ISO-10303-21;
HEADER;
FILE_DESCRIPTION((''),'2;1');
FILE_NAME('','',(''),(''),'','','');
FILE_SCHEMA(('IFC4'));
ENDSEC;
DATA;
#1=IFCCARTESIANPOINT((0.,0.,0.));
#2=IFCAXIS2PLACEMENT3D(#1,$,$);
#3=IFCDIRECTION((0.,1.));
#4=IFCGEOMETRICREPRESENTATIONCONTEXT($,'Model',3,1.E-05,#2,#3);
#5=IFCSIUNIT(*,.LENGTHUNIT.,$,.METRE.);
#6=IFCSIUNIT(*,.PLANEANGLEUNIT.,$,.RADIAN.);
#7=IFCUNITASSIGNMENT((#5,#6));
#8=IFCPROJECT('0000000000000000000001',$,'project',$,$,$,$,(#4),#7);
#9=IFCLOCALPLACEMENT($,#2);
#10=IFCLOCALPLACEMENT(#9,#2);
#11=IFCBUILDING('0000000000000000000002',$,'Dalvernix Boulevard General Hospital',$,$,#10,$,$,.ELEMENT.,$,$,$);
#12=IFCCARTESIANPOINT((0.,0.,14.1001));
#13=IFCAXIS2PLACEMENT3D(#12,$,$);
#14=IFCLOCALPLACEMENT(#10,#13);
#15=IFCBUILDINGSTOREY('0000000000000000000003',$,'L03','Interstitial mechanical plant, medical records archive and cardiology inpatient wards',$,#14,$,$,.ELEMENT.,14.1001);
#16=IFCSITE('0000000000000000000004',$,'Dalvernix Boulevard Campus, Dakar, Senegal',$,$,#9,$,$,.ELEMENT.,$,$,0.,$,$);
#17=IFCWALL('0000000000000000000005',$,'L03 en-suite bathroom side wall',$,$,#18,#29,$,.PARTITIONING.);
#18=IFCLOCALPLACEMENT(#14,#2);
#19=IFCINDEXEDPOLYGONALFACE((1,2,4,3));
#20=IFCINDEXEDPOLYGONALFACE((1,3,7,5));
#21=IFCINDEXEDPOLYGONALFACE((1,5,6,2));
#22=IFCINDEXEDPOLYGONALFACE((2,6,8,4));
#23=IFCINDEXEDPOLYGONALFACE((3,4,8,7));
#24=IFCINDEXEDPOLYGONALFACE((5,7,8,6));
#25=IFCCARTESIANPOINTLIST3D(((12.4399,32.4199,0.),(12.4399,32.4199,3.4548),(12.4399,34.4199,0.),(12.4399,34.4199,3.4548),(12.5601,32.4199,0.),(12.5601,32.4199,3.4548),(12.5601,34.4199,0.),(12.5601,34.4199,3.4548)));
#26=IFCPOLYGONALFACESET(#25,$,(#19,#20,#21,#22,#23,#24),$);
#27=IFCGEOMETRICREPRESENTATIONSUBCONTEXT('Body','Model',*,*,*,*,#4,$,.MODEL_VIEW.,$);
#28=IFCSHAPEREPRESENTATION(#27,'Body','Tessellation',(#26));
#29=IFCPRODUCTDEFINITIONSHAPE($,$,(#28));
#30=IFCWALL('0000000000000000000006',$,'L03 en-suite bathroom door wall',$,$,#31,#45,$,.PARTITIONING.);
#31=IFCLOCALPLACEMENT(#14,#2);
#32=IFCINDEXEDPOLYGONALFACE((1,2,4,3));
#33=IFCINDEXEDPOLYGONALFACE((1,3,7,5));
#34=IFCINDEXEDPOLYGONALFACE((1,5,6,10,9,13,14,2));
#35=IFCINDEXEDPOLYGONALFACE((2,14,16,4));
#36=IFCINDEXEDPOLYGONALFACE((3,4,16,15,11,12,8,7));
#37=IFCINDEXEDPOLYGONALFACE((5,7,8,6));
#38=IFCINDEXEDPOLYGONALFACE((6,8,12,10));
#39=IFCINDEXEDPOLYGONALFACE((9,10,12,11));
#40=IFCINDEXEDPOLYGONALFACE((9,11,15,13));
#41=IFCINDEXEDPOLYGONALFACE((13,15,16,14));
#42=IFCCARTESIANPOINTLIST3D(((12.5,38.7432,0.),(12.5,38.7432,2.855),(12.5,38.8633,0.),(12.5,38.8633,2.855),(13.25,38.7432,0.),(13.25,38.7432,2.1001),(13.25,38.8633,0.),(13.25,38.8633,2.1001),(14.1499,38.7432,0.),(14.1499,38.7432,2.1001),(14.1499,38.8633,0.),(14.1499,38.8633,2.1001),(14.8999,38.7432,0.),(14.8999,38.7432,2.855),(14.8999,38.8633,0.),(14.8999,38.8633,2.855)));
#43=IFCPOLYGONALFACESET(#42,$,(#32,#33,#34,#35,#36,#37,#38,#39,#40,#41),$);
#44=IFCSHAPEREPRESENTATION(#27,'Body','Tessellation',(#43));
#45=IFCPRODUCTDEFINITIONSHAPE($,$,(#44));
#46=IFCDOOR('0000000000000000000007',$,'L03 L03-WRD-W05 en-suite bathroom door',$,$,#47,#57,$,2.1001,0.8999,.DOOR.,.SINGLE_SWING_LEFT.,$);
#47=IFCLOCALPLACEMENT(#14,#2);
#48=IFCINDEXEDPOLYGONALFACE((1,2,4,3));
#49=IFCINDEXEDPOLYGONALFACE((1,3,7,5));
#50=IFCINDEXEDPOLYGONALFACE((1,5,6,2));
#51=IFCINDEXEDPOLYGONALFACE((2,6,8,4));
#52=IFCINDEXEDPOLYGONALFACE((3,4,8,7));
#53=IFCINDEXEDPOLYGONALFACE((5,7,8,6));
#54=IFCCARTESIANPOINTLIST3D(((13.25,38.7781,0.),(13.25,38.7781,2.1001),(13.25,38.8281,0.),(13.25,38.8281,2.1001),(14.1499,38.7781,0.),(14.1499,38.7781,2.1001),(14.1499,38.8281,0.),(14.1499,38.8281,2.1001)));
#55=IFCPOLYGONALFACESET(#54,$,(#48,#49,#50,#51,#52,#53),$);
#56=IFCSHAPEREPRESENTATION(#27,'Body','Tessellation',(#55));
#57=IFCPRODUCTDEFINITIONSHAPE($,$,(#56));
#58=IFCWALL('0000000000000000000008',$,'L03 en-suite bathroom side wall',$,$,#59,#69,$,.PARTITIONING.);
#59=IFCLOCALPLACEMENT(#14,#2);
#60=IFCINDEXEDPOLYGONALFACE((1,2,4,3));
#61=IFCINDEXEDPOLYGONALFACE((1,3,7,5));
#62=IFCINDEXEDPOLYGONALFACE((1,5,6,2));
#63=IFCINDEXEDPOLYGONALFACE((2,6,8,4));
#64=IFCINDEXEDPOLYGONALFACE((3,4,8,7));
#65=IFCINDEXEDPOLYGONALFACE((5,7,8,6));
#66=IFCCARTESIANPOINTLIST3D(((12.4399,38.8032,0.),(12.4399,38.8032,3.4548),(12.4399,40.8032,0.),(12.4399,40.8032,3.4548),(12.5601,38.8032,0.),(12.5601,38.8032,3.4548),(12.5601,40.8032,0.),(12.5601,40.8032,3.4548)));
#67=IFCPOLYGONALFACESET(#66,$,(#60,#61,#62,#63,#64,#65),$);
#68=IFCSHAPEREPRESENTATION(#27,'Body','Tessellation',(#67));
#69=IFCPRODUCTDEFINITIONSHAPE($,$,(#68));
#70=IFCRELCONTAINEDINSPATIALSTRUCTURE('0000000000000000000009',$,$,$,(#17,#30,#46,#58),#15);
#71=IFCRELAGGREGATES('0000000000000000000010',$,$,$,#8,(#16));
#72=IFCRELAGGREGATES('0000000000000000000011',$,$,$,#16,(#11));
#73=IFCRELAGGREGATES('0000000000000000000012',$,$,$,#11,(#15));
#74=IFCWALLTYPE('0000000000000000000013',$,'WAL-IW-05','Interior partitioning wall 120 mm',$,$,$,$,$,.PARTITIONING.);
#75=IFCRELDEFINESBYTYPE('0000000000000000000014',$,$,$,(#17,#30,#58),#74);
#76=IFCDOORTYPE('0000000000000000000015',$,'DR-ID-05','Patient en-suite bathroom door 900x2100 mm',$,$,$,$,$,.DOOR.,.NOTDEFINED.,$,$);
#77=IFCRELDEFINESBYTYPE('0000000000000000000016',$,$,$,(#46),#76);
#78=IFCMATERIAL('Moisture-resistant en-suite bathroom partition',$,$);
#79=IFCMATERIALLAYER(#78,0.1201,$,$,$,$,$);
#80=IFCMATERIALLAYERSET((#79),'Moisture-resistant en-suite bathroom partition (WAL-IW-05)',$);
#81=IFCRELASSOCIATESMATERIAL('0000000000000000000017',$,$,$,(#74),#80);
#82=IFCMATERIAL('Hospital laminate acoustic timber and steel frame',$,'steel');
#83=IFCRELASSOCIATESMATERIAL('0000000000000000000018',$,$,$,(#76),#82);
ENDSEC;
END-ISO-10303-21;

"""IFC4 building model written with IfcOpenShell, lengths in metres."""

from ifc_helpers import new_model, si_unit, direction, frame, frame_2d, origin, place, context, subcontext, project, spatial, rectangle, extrude, material, layer, layer_set, type_object, element, fill, save


model = new_model("IFC4")

# Units and contexts
model_context = context("Model", 3, precision=1e-05, world=origin(), true_north=direction((0.0, 1.0)))
body_context = subcontext(model_context, "Body", "Model", "MODEL_VIEW")
ifc_project = project(units=[si_unit("LENGTHUNIT", "METRE"), si_unit("PLANEANGLEUNIT", "RADIAN")], contexts=[model_context])

# Site, building, storey
site_placement = place(None, origin())
site = spatial("IfcSite", under=ifc_project, at=site_placement, Name="Dalvernix Boulevard Campus, Dakar, Senegal", CompositionType="ELEMENT", RefElevation=0.0)
building_placement = place(site_placement, origin())
building = spatial("IfcBuilding", under=site, at=building_placement, Name="Dalvernix Boulevard General Hospital", CompositionType="ELEMENT")
storey_placement = place(building_placement, frame((0.0, 0.0, 14.1001)))
storey = spatial("IfcBuildingStorey", under=building, at=storey_placement, Name="L03", Description="Interstitial mechanical plant, medical records archive and cardiology inpatient wards", CompositionType="ELEMENT", Elevation=14.1001)

# Shared definitions
ifc_material_1 = material(Name="Hospital laminate acoustic timber and steel frame", Category="steel")

# Shared definitions
ifc_material_2 = material(Name="Moisture-resistant en-suite bathroom partition")
ifc_layer_1 = layer(ifc_material_2, 0.1201)
ifc_layer_set_1 = layer_set([ifc_layer_1], Name="Moisture-resistant en-suite bathroom partition (WAL-IW-05)")
wall_type_1 = type_object("IfcWallType", Name="WAL-IW-05", Description="Interior partitioning wall 120 mm", PredefinedType="PARTITIONING", material=ifc_layer_set_1)
door_type_1 = type_object("IfcDoorType", Name="DR-ID-05", Description="Patient en-suite bathroom door 900x2100 mm", OperationType="NOTDEFINED", PredefinedType="DOOR", material=ifc_material_1)

# Wall
wall_1_placement = place(storey_placement, frame((12.5, 32.4199, 0.0), z_axis=(0.0, 0.0, 1.0), x_axis=(0.0, 1.0, 0.0)))
element("IfcWall", 1, at=wall_1_placement, inside=storey, type_object=wall_type_1, Name="L03 en-suite bathroom side wall", PredefinedType="PARTITIONING", context=body_context, shape_type="SweptSolid", body=[
    extrude(rectangle(XDim=2.0, YDim=0.1201, at=frame_2d((1.0, 0.0))), origin(), (0.0, 0.0, 1.0), 3.4548),
])

# Wall, opening, door
wall_2_placement = place(storey_placement, frame((12.5, 38.8032, 0.0), z_axis=(0.0, 0.0, 1.0), x_axis=(1.0, 0.0, 0.0)))
wall_2 = element("IfcWall", 2, at=wall_2_placement, inside=storey, type_object=wall_type_1, Name="L03 en-suite bathroom door wall", PredefinedType="PARTITIONING", context=body_context, shape_type="SweptSolid", body=[
    extrude(rectangle(XDim=2.3999, YDim=0.1201, at=frame_2d((1.2, 0.0))), origin(), (0.0, 0.0, 1.0), 2.855),
])
opening_1_placement = place(wall_2_placement, frame((0.75, 0.0, 0.0)))
opening_1 = element("IfcOpeningElement", 3, at=opening_1_placement, cuts=wall_2, PredefinedType="OPENING", context=body_context, shape_type="SweptSolid", body=[
    extrude(rectangle(XDim=0.8999, YDim=2.1001, at=frame_2d((0.45, 1.05))), frame((0.0, 0.0701, 0.0), z_axis=(0.0, -1.0, 0.0), x_axis=(1.0, 0.0, 0.0)), (0.0, 0.0, 1.0), 0.1401),
])
door_1_placement = place(opening_1_placement, origin())
door_1 = element("IfcDoor", 4, at=door_1_placement, inside=storey, type_object=door_type_1, Name="L03 L03-WRD-W05 en-suite bathroom door", OperationType="SINGLE_SWING_LEFT", OverallHeight=2.1001, OverallWidth=0.8999, PredefinedType="DOOR", context=body_context, shape_type="SweptSolid", body=[
    extrude(rectangle(XDim=0.8999, YDim=2.1001, at=frame_2d((0.45, 1.05))), frame((0.0, 0.0249, 0.0), z_axis=(0.0, -1.0, 0.0), x_axis=(1.0, 0.0, 0.0)), (0.0, 0.0, 1.0), 0.05),
])
fill(opening_1, door_1)

# Wall
wall_3_placement = place(storey_placement, frame((12.5, 38.8032, 0.0), z_axis=(0.0, 0.0, 1.0), x_axis=(0.0, 1.0, 0.0)))
element("IfcWall", 5, at=wall_3_placement, inside=storey, type_object=wall_type_1, Name="L03 en-suite bathroom side wall", PredefinedType="PARTITIONING", context=body_context, shape_type="SweptSolid", body=[
    extrude(rectangle(XDim=2.0, YDim=0.1201, at=frame_2d((1.0, 0.0))), origin(), (0.0, 0.0, 1.0), 3.4548),
])

save(model, "model.ifc")
